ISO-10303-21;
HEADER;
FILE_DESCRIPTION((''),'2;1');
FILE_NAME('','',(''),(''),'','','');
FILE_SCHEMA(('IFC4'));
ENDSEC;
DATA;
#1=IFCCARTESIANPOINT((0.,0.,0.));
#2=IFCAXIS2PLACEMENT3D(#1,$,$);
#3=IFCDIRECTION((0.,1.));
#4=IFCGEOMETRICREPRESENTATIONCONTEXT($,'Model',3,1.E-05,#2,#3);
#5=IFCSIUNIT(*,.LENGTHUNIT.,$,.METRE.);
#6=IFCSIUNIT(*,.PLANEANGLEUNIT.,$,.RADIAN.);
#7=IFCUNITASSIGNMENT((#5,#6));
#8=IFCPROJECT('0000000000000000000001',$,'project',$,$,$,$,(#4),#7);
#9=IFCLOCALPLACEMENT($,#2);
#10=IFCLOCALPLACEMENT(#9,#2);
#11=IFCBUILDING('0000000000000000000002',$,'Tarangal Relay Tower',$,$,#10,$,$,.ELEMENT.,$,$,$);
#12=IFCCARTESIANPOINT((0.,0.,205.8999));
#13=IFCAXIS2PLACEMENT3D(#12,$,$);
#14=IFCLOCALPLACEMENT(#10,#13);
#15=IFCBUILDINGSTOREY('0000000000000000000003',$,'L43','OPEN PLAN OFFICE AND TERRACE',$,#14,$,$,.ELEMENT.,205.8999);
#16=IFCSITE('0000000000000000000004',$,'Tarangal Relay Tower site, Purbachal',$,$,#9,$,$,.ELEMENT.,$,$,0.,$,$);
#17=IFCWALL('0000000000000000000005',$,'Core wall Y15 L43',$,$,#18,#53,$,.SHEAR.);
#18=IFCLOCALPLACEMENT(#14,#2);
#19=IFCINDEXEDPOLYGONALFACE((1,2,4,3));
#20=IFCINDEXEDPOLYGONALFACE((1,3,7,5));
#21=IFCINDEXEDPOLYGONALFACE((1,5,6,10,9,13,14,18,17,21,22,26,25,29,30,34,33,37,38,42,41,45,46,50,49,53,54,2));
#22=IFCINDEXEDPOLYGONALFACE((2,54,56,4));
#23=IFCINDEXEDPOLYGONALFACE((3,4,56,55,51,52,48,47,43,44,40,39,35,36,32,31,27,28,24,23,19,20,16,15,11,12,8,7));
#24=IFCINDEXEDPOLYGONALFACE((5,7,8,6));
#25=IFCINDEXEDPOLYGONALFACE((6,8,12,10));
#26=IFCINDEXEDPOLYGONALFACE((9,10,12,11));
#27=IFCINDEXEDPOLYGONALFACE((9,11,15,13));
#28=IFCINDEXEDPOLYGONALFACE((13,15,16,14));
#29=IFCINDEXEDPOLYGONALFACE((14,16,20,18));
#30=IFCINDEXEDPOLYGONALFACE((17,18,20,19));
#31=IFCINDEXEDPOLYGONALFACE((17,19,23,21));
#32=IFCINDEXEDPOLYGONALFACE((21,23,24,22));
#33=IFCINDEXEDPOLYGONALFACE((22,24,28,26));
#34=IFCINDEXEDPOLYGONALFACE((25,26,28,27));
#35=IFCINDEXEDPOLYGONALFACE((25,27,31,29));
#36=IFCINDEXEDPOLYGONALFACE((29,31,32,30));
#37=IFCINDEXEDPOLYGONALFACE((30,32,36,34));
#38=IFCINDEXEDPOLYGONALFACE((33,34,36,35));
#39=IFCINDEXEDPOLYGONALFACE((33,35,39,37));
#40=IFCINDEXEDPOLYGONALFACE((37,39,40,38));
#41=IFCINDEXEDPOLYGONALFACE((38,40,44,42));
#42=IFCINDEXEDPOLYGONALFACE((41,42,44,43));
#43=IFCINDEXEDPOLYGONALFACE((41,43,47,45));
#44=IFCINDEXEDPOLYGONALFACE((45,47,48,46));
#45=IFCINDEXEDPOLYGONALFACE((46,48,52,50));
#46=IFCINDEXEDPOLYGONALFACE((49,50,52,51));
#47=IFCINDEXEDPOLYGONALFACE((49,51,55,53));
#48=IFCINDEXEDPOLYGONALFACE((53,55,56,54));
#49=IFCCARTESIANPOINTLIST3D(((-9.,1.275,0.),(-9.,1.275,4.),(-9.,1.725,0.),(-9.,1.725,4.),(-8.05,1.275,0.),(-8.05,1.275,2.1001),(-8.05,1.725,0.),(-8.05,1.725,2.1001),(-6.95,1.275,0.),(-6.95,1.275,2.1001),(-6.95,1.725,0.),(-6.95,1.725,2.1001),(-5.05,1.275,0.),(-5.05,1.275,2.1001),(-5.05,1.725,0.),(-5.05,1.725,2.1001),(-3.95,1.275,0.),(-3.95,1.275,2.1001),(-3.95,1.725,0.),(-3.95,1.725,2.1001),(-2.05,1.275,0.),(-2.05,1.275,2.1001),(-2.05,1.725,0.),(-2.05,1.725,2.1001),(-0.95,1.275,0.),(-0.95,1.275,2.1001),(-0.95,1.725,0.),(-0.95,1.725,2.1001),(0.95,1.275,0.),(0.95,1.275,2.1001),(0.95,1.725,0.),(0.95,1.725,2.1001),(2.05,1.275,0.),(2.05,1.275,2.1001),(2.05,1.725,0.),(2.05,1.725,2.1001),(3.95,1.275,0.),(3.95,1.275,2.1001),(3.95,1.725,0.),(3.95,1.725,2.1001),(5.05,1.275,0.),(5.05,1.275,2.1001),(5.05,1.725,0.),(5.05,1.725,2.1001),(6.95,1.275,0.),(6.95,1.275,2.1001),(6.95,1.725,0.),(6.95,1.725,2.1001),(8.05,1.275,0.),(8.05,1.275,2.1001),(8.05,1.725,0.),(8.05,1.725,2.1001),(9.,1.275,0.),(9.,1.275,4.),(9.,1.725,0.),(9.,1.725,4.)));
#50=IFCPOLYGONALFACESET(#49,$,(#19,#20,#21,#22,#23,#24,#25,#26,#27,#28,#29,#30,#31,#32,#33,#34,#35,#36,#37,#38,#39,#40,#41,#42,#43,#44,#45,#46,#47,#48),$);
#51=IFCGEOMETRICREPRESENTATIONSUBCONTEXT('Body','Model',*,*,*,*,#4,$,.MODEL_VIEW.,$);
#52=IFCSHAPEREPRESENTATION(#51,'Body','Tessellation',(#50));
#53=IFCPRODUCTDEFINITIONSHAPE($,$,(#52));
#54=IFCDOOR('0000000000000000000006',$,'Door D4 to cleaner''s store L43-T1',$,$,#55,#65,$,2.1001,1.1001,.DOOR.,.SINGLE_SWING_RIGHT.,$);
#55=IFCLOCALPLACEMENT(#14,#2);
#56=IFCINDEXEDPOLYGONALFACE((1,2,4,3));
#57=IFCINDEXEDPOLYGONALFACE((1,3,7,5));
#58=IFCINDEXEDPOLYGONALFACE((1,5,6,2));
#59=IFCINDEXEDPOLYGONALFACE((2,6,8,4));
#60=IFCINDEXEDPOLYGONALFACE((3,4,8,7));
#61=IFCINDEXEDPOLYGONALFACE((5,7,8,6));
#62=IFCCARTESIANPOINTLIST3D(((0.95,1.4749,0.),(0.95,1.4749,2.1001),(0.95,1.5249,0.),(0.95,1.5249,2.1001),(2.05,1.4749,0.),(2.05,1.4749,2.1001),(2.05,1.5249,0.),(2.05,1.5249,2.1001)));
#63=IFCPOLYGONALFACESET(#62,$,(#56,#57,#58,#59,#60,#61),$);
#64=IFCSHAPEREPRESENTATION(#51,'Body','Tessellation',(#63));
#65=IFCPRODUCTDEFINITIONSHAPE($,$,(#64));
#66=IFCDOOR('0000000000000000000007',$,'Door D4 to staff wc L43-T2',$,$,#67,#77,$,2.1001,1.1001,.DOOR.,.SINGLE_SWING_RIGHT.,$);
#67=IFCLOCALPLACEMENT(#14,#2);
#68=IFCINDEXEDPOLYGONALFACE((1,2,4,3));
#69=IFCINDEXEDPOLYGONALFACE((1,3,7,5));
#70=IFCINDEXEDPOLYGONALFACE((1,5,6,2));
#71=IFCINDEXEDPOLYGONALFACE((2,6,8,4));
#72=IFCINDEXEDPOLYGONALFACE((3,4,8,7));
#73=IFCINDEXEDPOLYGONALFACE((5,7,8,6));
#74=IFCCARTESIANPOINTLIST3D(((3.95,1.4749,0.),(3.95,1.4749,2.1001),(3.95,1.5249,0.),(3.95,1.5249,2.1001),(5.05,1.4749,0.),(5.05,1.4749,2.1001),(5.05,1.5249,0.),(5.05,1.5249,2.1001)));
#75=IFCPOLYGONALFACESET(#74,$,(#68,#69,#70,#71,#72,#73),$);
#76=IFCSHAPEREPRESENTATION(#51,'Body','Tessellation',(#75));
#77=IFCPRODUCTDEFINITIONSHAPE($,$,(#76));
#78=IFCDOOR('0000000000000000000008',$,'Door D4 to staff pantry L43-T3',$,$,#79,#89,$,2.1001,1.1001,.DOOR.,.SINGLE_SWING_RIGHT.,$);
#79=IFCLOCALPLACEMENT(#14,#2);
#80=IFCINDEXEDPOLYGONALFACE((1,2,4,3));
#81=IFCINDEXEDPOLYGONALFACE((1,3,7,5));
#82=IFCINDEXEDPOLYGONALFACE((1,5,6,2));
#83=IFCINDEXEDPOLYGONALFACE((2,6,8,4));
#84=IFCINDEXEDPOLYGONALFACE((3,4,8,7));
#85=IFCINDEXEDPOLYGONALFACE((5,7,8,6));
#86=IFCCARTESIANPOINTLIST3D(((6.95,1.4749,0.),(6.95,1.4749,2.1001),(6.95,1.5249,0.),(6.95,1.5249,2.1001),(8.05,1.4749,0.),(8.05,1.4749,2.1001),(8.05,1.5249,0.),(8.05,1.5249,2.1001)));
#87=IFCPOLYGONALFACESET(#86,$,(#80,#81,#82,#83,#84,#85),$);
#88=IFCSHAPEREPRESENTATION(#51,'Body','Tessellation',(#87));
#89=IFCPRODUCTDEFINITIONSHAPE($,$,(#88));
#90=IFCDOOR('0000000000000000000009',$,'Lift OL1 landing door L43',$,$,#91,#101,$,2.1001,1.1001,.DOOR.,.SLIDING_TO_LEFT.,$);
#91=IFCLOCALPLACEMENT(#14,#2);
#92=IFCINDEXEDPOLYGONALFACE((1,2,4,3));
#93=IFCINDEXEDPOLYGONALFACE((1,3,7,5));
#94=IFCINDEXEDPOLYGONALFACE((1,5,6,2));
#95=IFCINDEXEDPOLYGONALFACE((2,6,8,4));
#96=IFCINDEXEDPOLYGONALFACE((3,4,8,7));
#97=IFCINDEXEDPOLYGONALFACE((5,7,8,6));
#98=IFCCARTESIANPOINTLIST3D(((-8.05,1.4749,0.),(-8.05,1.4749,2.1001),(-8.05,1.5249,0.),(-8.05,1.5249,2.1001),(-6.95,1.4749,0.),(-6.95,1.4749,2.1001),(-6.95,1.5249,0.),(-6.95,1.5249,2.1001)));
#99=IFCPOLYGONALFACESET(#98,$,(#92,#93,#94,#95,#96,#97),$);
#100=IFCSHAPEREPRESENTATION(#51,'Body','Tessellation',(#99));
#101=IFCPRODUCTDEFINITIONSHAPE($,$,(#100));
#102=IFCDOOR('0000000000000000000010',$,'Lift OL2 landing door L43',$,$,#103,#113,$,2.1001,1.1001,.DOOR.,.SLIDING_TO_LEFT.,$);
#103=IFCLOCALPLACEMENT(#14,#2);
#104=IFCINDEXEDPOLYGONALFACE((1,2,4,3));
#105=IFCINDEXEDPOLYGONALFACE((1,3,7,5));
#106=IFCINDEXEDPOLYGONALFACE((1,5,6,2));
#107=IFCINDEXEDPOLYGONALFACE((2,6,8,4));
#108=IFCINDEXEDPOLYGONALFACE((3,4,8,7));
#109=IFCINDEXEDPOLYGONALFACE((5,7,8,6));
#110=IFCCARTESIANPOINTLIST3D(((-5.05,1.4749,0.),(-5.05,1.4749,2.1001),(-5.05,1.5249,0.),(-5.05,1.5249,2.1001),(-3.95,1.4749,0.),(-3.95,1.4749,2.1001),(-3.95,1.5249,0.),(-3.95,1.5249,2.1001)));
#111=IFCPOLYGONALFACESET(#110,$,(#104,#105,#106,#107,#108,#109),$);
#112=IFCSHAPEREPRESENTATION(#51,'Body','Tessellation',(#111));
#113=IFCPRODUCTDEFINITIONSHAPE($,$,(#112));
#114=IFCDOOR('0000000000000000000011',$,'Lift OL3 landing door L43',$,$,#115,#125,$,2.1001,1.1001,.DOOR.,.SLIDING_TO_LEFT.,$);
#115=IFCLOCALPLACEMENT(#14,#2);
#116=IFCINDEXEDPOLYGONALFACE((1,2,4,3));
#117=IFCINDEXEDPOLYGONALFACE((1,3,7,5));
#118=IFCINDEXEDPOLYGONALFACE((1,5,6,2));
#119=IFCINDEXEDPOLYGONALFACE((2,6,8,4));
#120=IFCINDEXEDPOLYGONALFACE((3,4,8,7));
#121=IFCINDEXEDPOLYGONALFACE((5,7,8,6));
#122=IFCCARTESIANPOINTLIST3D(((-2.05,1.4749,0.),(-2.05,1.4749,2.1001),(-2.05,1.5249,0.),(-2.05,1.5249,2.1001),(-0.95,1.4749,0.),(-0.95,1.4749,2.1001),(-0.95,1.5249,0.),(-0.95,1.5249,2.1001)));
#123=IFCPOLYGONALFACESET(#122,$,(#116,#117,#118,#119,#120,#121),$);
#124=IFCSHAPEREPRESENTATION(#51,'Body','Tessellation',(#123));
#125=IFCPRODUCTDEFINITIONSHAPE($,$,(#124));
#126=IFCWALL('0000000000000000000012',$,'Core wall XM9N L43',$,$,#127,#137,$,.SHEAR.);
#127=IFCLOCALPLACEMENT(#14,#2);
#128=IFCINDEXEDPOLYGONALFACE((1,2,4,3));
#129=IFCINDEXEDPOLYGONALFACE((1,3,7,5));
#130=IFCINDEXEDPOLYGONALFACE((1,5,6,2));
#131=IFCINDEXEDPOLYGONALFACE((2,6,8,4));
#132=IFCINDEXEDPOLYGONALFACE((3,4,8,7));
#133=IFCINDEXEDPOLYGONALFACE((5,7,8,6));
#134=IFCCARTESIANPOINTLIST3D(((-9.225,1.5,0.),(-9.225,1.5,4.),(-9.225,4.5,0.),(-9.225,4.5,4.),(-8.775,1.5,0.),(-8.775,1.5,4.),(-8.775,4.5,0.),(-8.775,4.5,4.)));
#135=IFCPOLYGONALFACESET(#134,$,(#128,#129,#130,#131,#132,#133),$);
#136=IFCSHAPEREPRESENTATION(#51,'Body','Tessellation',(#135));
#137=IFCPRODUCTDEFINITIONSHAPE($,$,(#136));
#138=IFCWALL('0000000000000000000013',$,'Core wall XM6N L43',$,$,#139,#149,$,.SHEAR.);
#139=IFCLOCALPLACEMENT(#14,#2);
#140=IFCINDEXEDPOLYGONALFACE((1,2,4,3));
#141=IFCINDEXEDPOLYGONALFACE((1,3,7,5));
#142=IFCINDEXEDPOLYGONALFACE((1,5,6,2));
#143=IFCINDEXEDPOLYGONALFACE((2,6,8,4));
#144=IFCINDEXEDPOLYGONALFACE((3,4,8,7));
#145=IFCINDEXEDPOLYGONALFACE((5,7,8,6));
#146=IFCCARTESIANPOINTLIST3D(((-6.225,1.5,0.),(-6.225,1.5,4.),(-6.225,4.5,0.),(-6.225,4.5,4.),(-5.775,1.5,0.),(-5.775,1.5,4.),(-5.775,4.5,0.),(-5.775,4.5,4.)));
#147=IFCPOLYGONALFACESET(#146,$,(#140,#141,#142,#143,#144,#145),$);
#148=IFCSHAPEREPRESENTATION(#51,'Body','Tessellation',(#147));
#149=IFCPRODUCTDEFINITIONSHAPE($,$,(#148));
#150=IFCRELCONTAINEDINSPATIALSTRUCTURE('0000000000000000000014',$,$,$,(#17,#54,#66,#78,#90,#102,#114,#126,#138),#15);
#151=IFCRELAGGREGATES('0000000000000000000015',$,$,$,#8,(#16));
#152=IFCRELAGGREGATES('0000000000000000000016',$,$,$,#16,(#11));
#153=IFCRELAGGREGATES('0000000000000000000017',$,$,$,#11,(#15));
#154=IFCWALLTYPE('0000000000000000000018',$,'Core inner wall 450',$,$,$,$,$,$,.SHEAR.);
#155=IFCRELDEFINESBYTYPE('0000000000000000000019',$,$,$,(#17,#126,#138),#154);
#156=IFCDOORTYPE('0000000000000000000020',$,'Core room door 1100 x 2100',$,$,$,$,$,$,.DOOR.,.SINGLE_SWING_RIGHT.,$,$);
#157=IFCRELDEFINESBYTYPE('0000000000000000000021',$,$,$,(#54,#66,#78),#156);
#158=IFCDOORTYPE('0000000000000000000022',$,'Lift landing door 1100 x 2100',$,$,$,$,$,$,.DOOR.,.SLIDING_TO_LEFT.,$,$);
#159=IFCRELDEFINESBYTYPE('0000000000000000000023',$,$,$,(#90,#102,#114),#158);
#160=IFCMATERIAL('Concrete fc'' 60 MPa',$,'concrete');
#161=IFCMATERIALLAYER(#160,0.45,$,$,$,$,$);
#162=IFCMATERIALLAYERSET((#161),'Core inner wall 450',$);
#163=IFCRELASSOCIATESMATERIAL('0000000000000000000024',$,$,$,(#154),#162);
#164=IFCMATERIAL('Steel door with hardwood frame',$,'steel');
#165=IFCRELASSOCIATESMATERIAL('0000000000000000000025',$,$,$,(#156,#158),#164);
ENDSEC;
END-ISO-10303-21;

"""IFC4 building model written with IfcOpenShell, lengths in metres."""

from ifc_helpers import new_model, si_unit, direction, frame, frame_2d, origin, place, context, subcontext, project, spatial, rectangle, extrude, material, layer, layer_set, type_object, element, fill, save


model = new_model("IFC4")

# Units and contexts
model_context = context("Model", 3, precision=1e-05, world=origin(), true_north=direction((0.0, 1.0)))
body_context = subcontext(model_context, "Body", "Model", "MODEL_VIEW")
ifc_project = project(units=[si_unit("LENGTHUNIT", "METRE"), si_unit("PLANEANGLEUNIT", "RADIAN")], contexts=[model_context])

# Site, building, storey
site_placement = place(None, origin())
site = spatial("IfcSite", under=ifc_project, at=site_placement, Name="Tarangal Relay Tower site, Purbachal", CompositionType="ELEMENT", RefElevation=0.0)
building_placement = place(site_placement, origin())
building = spatial("IfcBuilding", under=site, at=building_placement, Name="Tarangal Relay Tower", CompositionType="ELEMENT")
storey_placement = place(building_placement, frame((0.0, 0.0, 205.8999)))
storey = spatial("IfcBuildingStorey", under=building, at=storey_placement, Name="L43", Description="OPEN PLAN OFFICE AND TERRACE", CompositionType="ELEMENT", Elevation=205.8999)

# Wall, openings, doors
ifc_material_1 = material(Name="Concrete fc' 60 MPa", Category="concrete")
ifc_layer = layer(ifc_material_1, 0.45)
ifc_layer_set = layer_set([ifc_layer], Name="Core inner wall 450")
wall_type = type_object("IfcWallType", Name="Core inner wall 450", PredefinedType="SHEAR", material=ifc_layer_set)
ifc_material_2 = material(Name="Steel door with hardwood frame", Category="steel")
wall_1_placement = place(storey_placement, frame((-9.0, 1.5, 0.0), z_axis=(0.0, 0.0, 1.0), x_axis=(1.0, 0.0, 0.0)))
wall_1 = element("IfcWall", 1, at=wall_1_placement, inside=storey, type_object=wall_type, Name="Core wall Y15 L43", PredefinedType="SHEAR", context=body_context, shape_type="SweptSolid", body=[
    extrude(rectangle(XDim=18.0, YDim=0.45, at=frame_2d((9.0, 0.0))), origin(), (0.0, 0.0, 1.0), 4.0),
])
opening_1_placement = place(wall_1_placement, frame((0.95, 0.0, 0.0)))
opening_1 = element("IfcOpeningElement", 2, at=opening_1_placement, cuts=wall_1, PredefinedType="OPENING", context=body_context, shape_type="SweptSolid", body=[
    extrude(rectangle(XDim=1.1001, YDim=2.1001, at=frame_2d((0.55, 1.05))), frame((0.0, 0.2349, 0.0), z_axis=(0.0, -1.0, 0.0), x_axis=(1.0, 0.0, 0.0)), (0.0, 0.0, 1.0), 0.47),
])
opening_2_placement = place(wall_1_placement, frame((3.95, 0.0, 0.0)))
opening_2 = element("IfcOpeningElement", 3, at=opening_2_placement, cuts=wall_1, PredefinedType="OPENING", context=body_context, shape_type="SweptSolid", body=[
    extrude(rectangle(XDim=1.1001, YDim=2.1001, at=frame_2d((0.55, 1.05))), frame((0.0, 0.2349, 0.0), z_axis=(0.0, -1.0, 0.0), x_axis=(1.0, 0.0, 0.0)), (0.0, 0.0, 1.0), 0.47),
])
opening_3_placement = place(wall_1_placement, frame((6.95, 0.0, 0.0)))
opening_3 = element("IfcOpeningElement", 4, at=opening_3_placement, cuts=wall_1, PredefinedType="OPENING", context=body_context, shape_type="SweptSolid", body=[
    extrude(rectangle(XDim=1.1001, YDim=2.1001, at=frame_2d((0.55, 1.05))), frame((0.0, 0.2349, 0.0), z_axis=(0.0, -1.0, 0.0), x_axis=(1.0, 0.0, 0.0)), (0.0, 0.0, 1.0), 0.47),
])
opening_4_placement = place(wall_1_placement, frame((9.95, 0.0, 0.0)))
opening_4 = element("IfcOpeningElement", 5, at=opening_4_placement, cuts=wall_1, PredefinedType="OPENING", context=body_context, shape_type="SweptSolid", body=[
    extrude(rectangle(XDim=1.1001, YDim=2.1001, at=frame_2d((0.55, 1.05))), frame((0.0, 0.2349, 0.0), z_axis=(0.0, -1.0, 0.0), x_axis=(1.0, 0.0, 0.0)), (0.0, 0.0, 1.0), 0.47),
])
opening_5_placement = place(wall_1_placement, frame((12.95, 0.0, 0.0)))
opening_5 = element("IfcOpeningElement", 6, at=opening_5_placement, cuts=wall_1, PredefinedType="OPENING", context=body_context, shape_type="SweptSolid", body=[
    extrude(rectangle(XDim=1.1001, YDim=2.1001, at=frame_2d((0.55, 1.05))), frame((0.0, 0.2349, 0.0), z_axis=(0.0, -1.0, 0.0), x_axis=(1.0, 0.0, 0.0)), (0.0, 0.0, 1.0), 0.47),
])
opening_6_placement = place(wall_1_placement, frame((15.95, 0.0, 0.0)))
opening_6 = element("IfcOpeningElement", 7, at=opening_6_placement, cuts=wall_1, PredefinedType="OPENING", context=body_context, shape_type="SweptSolid", body=[
    extrude(rectangle(XDim=1.1001, YDim=2.1001, at=frame_2d((0.55, 1.05))), frame((0.0, 0.2349, 0.0), z_axis=(0.0, -1.0, 0.0), x_axis=(1.0, 0.0, 0.0)), (0.0, 0.0, 1.0), 0.47),
])
door_type_1 = type_object("IfcDoorType", Name="Core room door 1100 x 2100", OperationType="SINGLE_SWING_RIGHT", PredefinedType="DOOR", material=ifc_material_2)
door_1_placement = place(opening_4_placement, origin())
door_1 = element("IfcDoor", 8, at=door_1_placement, inside=storey, type_object=door_type_1, Name="Door D4 to cleaner's store L43-T1", OperationType="SINGLE_SWING_RIGHT", OverallHeight=2.1001, OverallWidth=1.1001, PredefinedType="DOOR", context=body_context, shape_type="SweptSolid", body=[
    extrude(rectangle(XDim=1.1001, YDim=2.1001, at=frame_2d((0.55, 1.05))), frame((0.0, 0.0249, 0.0), z_axis=(0.0, -1.0, 0.0), x_axis=(1.0, 0.0, 0.0)), (0.0, 0.0, 1.0), 0.05),
])
fill(opening_4, door_1)
door_2_placement = place(opening_5_placement, origin())
door_2 = element("IfcDoor", 9, at=door_2_placement, inside=storey, type_object=door_type_1, Name="Door D4 to staff wc L43-T2", OperationType="SINGLE_SWING_RIGHT", OverallHeight=2.1001, OverallWidth=1.1001, PredefinedType="DOOR", context=body_context, shape_type="SweptSolid", body=[
    extrude(rectangle(XDim=1.1001, YDim=2.1001, at=frame_2d((0.55, 1.05))), frame((0.0, 0.0249, 0.0), z_axis=(0.0, -1.0, 0.0), x_axis=(1.0, 0.0, 0.0)), (0.0, 0.0, 1.0), 0.05),
])
fill(opening_5, door_2)
door_3_placement = place(opening_6_placement, origin())
door_3 = element("IfcDoor", 10, at=door_3_placement, inside=storey, type_object=door_type_1, Name="Door D4 to staff pantry L43-T3", OperationType="SINGLE_SWING_RIGHT", OverallHeight=2.1001, OverallWidth=1.1001, PredefinedType="DOOR", context=body_context, shape_type="SweptSolid", body=[
    extrude(rectangle(XDim=1.1001, YDim=2.1001, at=frame_2d((0.55, 1.05))), frame((0.0, 0.0249, 0.0), z_axis=(0.0, -1.0, 0.0), x_axis=(1.0, 0.0, 0.0)), (0.0, 0.0, 1.0), 0.05),
])
fill(opening_6, door_3)
door_type_2 = type_object("IfcDoorType", Name="Lift landing door 1100 x 2100", OperationType="SLIDING_TO_LEFT", PredefinedType="DOOR", material=ifc_material_2)
door_4_placement = place(opening_1_placement, origin())
door_4 = element("IfcDoor", 11, at=door_4_placement, inside=storey, type_object=door_type_2, Name="Lift OL1 landing door L43", OperationType="SLIDING_TO_LEFT", OverallHeight=2.1001, OverallWidth=1.1001, PredefinedType="DOOR", context=body_context, shape_type="SweptSolid", body=[
    extrude(rectangle(XDim=1.1001, YDim=2.1001, at=frame_2d((0.55, 1.05))), frame((0.0, 0.0249, 0.0), z_axis=(0.0, -1.0, 0.0), x_axis=(1.0, 0.0, 0.0)), (0.0, 0.0, 1.0), 0.05),
])
fill(opening_1, door_4)
door_5_placement = place(opening_2_placement, origin())
door_5 = element("IfcDoor", 12, at=door_5_placement, inside=storey, type_object=door_type_2, Name="Lift OL2 landing door L43", OperationType="SLIDING_TO_LEFT", OverallHeight=2.1001, OverallWidth=1.1001, PredefinedType="DOOR", context=body_context, shape_type="SweptSolid", body=[
    extrude(rectangle(XDim=1.1001, YDim=2.1001, at=frame_2d((0.55, 1.05))), frame((0.0, 0.0249, 0.0), z_axis=(0.0, -1.0, 0.0), x_axis=(1.0, 0.0, 0.0)), (0.0, 0.0, 1.0), 0.05),
])
fill(opening_2, door_5)
door_6_placement = place(opening_3_placement, origin())
door_6 = element("IfcDoor", 13, at=door_6_placement, inside=storey, type_object=door_type_2, Name="Lift OL3 landing door L43", OperationType="SLIDING_TO_LEFT", OverallHeight=2.1001, OverallWidth=1.1001, PredefinedType="DOOR", context=body_context, shape_type="SweptSolid", body=[
    extrude(rectangle(XDim=1.1001, YDim=2.1001, at=frame_2d((0.55, 1.05))), frame((0.0, 0.0249, 0.0), z_axis=(0.0, -1.0, 0.0), x_axis=(1.0, 0.0, 0.0)), (0.0, 0.0, 1.0), 0.05),
])
fill(opening_3, door_6)

# Walls
for number, where, z_axis, x_axis, name in (
    (14, (-9.0, 1.5, 0.0), (0.0, 0.0, 1.0), (0.0, 1.0, 0.0), "Core wall XM9N L43"),
    (15, (-6.0, 1.5, 0.0), (0.0, 0.0, 1.0), (0.0, 1.0, 0.0), "Core wall XM6N L43"),
):
    element("IfcWall", number, at=place(storey_placement, frame(where, z_axis=z_axis, x_axis=x_axis)), inside=storey, type_object=wall_type, Name=name, PredefinedType="SHEAR", context=body_context, shape_type="SweptSolid", body=[
        extrude(rectangle(XDim=3.0, YDim=0.45, at=frame_2d((1.5, 0.0))), origin(), (0.0, 0.0, 1.0), 4.0),
    ])

save(model, "model.ifc")
